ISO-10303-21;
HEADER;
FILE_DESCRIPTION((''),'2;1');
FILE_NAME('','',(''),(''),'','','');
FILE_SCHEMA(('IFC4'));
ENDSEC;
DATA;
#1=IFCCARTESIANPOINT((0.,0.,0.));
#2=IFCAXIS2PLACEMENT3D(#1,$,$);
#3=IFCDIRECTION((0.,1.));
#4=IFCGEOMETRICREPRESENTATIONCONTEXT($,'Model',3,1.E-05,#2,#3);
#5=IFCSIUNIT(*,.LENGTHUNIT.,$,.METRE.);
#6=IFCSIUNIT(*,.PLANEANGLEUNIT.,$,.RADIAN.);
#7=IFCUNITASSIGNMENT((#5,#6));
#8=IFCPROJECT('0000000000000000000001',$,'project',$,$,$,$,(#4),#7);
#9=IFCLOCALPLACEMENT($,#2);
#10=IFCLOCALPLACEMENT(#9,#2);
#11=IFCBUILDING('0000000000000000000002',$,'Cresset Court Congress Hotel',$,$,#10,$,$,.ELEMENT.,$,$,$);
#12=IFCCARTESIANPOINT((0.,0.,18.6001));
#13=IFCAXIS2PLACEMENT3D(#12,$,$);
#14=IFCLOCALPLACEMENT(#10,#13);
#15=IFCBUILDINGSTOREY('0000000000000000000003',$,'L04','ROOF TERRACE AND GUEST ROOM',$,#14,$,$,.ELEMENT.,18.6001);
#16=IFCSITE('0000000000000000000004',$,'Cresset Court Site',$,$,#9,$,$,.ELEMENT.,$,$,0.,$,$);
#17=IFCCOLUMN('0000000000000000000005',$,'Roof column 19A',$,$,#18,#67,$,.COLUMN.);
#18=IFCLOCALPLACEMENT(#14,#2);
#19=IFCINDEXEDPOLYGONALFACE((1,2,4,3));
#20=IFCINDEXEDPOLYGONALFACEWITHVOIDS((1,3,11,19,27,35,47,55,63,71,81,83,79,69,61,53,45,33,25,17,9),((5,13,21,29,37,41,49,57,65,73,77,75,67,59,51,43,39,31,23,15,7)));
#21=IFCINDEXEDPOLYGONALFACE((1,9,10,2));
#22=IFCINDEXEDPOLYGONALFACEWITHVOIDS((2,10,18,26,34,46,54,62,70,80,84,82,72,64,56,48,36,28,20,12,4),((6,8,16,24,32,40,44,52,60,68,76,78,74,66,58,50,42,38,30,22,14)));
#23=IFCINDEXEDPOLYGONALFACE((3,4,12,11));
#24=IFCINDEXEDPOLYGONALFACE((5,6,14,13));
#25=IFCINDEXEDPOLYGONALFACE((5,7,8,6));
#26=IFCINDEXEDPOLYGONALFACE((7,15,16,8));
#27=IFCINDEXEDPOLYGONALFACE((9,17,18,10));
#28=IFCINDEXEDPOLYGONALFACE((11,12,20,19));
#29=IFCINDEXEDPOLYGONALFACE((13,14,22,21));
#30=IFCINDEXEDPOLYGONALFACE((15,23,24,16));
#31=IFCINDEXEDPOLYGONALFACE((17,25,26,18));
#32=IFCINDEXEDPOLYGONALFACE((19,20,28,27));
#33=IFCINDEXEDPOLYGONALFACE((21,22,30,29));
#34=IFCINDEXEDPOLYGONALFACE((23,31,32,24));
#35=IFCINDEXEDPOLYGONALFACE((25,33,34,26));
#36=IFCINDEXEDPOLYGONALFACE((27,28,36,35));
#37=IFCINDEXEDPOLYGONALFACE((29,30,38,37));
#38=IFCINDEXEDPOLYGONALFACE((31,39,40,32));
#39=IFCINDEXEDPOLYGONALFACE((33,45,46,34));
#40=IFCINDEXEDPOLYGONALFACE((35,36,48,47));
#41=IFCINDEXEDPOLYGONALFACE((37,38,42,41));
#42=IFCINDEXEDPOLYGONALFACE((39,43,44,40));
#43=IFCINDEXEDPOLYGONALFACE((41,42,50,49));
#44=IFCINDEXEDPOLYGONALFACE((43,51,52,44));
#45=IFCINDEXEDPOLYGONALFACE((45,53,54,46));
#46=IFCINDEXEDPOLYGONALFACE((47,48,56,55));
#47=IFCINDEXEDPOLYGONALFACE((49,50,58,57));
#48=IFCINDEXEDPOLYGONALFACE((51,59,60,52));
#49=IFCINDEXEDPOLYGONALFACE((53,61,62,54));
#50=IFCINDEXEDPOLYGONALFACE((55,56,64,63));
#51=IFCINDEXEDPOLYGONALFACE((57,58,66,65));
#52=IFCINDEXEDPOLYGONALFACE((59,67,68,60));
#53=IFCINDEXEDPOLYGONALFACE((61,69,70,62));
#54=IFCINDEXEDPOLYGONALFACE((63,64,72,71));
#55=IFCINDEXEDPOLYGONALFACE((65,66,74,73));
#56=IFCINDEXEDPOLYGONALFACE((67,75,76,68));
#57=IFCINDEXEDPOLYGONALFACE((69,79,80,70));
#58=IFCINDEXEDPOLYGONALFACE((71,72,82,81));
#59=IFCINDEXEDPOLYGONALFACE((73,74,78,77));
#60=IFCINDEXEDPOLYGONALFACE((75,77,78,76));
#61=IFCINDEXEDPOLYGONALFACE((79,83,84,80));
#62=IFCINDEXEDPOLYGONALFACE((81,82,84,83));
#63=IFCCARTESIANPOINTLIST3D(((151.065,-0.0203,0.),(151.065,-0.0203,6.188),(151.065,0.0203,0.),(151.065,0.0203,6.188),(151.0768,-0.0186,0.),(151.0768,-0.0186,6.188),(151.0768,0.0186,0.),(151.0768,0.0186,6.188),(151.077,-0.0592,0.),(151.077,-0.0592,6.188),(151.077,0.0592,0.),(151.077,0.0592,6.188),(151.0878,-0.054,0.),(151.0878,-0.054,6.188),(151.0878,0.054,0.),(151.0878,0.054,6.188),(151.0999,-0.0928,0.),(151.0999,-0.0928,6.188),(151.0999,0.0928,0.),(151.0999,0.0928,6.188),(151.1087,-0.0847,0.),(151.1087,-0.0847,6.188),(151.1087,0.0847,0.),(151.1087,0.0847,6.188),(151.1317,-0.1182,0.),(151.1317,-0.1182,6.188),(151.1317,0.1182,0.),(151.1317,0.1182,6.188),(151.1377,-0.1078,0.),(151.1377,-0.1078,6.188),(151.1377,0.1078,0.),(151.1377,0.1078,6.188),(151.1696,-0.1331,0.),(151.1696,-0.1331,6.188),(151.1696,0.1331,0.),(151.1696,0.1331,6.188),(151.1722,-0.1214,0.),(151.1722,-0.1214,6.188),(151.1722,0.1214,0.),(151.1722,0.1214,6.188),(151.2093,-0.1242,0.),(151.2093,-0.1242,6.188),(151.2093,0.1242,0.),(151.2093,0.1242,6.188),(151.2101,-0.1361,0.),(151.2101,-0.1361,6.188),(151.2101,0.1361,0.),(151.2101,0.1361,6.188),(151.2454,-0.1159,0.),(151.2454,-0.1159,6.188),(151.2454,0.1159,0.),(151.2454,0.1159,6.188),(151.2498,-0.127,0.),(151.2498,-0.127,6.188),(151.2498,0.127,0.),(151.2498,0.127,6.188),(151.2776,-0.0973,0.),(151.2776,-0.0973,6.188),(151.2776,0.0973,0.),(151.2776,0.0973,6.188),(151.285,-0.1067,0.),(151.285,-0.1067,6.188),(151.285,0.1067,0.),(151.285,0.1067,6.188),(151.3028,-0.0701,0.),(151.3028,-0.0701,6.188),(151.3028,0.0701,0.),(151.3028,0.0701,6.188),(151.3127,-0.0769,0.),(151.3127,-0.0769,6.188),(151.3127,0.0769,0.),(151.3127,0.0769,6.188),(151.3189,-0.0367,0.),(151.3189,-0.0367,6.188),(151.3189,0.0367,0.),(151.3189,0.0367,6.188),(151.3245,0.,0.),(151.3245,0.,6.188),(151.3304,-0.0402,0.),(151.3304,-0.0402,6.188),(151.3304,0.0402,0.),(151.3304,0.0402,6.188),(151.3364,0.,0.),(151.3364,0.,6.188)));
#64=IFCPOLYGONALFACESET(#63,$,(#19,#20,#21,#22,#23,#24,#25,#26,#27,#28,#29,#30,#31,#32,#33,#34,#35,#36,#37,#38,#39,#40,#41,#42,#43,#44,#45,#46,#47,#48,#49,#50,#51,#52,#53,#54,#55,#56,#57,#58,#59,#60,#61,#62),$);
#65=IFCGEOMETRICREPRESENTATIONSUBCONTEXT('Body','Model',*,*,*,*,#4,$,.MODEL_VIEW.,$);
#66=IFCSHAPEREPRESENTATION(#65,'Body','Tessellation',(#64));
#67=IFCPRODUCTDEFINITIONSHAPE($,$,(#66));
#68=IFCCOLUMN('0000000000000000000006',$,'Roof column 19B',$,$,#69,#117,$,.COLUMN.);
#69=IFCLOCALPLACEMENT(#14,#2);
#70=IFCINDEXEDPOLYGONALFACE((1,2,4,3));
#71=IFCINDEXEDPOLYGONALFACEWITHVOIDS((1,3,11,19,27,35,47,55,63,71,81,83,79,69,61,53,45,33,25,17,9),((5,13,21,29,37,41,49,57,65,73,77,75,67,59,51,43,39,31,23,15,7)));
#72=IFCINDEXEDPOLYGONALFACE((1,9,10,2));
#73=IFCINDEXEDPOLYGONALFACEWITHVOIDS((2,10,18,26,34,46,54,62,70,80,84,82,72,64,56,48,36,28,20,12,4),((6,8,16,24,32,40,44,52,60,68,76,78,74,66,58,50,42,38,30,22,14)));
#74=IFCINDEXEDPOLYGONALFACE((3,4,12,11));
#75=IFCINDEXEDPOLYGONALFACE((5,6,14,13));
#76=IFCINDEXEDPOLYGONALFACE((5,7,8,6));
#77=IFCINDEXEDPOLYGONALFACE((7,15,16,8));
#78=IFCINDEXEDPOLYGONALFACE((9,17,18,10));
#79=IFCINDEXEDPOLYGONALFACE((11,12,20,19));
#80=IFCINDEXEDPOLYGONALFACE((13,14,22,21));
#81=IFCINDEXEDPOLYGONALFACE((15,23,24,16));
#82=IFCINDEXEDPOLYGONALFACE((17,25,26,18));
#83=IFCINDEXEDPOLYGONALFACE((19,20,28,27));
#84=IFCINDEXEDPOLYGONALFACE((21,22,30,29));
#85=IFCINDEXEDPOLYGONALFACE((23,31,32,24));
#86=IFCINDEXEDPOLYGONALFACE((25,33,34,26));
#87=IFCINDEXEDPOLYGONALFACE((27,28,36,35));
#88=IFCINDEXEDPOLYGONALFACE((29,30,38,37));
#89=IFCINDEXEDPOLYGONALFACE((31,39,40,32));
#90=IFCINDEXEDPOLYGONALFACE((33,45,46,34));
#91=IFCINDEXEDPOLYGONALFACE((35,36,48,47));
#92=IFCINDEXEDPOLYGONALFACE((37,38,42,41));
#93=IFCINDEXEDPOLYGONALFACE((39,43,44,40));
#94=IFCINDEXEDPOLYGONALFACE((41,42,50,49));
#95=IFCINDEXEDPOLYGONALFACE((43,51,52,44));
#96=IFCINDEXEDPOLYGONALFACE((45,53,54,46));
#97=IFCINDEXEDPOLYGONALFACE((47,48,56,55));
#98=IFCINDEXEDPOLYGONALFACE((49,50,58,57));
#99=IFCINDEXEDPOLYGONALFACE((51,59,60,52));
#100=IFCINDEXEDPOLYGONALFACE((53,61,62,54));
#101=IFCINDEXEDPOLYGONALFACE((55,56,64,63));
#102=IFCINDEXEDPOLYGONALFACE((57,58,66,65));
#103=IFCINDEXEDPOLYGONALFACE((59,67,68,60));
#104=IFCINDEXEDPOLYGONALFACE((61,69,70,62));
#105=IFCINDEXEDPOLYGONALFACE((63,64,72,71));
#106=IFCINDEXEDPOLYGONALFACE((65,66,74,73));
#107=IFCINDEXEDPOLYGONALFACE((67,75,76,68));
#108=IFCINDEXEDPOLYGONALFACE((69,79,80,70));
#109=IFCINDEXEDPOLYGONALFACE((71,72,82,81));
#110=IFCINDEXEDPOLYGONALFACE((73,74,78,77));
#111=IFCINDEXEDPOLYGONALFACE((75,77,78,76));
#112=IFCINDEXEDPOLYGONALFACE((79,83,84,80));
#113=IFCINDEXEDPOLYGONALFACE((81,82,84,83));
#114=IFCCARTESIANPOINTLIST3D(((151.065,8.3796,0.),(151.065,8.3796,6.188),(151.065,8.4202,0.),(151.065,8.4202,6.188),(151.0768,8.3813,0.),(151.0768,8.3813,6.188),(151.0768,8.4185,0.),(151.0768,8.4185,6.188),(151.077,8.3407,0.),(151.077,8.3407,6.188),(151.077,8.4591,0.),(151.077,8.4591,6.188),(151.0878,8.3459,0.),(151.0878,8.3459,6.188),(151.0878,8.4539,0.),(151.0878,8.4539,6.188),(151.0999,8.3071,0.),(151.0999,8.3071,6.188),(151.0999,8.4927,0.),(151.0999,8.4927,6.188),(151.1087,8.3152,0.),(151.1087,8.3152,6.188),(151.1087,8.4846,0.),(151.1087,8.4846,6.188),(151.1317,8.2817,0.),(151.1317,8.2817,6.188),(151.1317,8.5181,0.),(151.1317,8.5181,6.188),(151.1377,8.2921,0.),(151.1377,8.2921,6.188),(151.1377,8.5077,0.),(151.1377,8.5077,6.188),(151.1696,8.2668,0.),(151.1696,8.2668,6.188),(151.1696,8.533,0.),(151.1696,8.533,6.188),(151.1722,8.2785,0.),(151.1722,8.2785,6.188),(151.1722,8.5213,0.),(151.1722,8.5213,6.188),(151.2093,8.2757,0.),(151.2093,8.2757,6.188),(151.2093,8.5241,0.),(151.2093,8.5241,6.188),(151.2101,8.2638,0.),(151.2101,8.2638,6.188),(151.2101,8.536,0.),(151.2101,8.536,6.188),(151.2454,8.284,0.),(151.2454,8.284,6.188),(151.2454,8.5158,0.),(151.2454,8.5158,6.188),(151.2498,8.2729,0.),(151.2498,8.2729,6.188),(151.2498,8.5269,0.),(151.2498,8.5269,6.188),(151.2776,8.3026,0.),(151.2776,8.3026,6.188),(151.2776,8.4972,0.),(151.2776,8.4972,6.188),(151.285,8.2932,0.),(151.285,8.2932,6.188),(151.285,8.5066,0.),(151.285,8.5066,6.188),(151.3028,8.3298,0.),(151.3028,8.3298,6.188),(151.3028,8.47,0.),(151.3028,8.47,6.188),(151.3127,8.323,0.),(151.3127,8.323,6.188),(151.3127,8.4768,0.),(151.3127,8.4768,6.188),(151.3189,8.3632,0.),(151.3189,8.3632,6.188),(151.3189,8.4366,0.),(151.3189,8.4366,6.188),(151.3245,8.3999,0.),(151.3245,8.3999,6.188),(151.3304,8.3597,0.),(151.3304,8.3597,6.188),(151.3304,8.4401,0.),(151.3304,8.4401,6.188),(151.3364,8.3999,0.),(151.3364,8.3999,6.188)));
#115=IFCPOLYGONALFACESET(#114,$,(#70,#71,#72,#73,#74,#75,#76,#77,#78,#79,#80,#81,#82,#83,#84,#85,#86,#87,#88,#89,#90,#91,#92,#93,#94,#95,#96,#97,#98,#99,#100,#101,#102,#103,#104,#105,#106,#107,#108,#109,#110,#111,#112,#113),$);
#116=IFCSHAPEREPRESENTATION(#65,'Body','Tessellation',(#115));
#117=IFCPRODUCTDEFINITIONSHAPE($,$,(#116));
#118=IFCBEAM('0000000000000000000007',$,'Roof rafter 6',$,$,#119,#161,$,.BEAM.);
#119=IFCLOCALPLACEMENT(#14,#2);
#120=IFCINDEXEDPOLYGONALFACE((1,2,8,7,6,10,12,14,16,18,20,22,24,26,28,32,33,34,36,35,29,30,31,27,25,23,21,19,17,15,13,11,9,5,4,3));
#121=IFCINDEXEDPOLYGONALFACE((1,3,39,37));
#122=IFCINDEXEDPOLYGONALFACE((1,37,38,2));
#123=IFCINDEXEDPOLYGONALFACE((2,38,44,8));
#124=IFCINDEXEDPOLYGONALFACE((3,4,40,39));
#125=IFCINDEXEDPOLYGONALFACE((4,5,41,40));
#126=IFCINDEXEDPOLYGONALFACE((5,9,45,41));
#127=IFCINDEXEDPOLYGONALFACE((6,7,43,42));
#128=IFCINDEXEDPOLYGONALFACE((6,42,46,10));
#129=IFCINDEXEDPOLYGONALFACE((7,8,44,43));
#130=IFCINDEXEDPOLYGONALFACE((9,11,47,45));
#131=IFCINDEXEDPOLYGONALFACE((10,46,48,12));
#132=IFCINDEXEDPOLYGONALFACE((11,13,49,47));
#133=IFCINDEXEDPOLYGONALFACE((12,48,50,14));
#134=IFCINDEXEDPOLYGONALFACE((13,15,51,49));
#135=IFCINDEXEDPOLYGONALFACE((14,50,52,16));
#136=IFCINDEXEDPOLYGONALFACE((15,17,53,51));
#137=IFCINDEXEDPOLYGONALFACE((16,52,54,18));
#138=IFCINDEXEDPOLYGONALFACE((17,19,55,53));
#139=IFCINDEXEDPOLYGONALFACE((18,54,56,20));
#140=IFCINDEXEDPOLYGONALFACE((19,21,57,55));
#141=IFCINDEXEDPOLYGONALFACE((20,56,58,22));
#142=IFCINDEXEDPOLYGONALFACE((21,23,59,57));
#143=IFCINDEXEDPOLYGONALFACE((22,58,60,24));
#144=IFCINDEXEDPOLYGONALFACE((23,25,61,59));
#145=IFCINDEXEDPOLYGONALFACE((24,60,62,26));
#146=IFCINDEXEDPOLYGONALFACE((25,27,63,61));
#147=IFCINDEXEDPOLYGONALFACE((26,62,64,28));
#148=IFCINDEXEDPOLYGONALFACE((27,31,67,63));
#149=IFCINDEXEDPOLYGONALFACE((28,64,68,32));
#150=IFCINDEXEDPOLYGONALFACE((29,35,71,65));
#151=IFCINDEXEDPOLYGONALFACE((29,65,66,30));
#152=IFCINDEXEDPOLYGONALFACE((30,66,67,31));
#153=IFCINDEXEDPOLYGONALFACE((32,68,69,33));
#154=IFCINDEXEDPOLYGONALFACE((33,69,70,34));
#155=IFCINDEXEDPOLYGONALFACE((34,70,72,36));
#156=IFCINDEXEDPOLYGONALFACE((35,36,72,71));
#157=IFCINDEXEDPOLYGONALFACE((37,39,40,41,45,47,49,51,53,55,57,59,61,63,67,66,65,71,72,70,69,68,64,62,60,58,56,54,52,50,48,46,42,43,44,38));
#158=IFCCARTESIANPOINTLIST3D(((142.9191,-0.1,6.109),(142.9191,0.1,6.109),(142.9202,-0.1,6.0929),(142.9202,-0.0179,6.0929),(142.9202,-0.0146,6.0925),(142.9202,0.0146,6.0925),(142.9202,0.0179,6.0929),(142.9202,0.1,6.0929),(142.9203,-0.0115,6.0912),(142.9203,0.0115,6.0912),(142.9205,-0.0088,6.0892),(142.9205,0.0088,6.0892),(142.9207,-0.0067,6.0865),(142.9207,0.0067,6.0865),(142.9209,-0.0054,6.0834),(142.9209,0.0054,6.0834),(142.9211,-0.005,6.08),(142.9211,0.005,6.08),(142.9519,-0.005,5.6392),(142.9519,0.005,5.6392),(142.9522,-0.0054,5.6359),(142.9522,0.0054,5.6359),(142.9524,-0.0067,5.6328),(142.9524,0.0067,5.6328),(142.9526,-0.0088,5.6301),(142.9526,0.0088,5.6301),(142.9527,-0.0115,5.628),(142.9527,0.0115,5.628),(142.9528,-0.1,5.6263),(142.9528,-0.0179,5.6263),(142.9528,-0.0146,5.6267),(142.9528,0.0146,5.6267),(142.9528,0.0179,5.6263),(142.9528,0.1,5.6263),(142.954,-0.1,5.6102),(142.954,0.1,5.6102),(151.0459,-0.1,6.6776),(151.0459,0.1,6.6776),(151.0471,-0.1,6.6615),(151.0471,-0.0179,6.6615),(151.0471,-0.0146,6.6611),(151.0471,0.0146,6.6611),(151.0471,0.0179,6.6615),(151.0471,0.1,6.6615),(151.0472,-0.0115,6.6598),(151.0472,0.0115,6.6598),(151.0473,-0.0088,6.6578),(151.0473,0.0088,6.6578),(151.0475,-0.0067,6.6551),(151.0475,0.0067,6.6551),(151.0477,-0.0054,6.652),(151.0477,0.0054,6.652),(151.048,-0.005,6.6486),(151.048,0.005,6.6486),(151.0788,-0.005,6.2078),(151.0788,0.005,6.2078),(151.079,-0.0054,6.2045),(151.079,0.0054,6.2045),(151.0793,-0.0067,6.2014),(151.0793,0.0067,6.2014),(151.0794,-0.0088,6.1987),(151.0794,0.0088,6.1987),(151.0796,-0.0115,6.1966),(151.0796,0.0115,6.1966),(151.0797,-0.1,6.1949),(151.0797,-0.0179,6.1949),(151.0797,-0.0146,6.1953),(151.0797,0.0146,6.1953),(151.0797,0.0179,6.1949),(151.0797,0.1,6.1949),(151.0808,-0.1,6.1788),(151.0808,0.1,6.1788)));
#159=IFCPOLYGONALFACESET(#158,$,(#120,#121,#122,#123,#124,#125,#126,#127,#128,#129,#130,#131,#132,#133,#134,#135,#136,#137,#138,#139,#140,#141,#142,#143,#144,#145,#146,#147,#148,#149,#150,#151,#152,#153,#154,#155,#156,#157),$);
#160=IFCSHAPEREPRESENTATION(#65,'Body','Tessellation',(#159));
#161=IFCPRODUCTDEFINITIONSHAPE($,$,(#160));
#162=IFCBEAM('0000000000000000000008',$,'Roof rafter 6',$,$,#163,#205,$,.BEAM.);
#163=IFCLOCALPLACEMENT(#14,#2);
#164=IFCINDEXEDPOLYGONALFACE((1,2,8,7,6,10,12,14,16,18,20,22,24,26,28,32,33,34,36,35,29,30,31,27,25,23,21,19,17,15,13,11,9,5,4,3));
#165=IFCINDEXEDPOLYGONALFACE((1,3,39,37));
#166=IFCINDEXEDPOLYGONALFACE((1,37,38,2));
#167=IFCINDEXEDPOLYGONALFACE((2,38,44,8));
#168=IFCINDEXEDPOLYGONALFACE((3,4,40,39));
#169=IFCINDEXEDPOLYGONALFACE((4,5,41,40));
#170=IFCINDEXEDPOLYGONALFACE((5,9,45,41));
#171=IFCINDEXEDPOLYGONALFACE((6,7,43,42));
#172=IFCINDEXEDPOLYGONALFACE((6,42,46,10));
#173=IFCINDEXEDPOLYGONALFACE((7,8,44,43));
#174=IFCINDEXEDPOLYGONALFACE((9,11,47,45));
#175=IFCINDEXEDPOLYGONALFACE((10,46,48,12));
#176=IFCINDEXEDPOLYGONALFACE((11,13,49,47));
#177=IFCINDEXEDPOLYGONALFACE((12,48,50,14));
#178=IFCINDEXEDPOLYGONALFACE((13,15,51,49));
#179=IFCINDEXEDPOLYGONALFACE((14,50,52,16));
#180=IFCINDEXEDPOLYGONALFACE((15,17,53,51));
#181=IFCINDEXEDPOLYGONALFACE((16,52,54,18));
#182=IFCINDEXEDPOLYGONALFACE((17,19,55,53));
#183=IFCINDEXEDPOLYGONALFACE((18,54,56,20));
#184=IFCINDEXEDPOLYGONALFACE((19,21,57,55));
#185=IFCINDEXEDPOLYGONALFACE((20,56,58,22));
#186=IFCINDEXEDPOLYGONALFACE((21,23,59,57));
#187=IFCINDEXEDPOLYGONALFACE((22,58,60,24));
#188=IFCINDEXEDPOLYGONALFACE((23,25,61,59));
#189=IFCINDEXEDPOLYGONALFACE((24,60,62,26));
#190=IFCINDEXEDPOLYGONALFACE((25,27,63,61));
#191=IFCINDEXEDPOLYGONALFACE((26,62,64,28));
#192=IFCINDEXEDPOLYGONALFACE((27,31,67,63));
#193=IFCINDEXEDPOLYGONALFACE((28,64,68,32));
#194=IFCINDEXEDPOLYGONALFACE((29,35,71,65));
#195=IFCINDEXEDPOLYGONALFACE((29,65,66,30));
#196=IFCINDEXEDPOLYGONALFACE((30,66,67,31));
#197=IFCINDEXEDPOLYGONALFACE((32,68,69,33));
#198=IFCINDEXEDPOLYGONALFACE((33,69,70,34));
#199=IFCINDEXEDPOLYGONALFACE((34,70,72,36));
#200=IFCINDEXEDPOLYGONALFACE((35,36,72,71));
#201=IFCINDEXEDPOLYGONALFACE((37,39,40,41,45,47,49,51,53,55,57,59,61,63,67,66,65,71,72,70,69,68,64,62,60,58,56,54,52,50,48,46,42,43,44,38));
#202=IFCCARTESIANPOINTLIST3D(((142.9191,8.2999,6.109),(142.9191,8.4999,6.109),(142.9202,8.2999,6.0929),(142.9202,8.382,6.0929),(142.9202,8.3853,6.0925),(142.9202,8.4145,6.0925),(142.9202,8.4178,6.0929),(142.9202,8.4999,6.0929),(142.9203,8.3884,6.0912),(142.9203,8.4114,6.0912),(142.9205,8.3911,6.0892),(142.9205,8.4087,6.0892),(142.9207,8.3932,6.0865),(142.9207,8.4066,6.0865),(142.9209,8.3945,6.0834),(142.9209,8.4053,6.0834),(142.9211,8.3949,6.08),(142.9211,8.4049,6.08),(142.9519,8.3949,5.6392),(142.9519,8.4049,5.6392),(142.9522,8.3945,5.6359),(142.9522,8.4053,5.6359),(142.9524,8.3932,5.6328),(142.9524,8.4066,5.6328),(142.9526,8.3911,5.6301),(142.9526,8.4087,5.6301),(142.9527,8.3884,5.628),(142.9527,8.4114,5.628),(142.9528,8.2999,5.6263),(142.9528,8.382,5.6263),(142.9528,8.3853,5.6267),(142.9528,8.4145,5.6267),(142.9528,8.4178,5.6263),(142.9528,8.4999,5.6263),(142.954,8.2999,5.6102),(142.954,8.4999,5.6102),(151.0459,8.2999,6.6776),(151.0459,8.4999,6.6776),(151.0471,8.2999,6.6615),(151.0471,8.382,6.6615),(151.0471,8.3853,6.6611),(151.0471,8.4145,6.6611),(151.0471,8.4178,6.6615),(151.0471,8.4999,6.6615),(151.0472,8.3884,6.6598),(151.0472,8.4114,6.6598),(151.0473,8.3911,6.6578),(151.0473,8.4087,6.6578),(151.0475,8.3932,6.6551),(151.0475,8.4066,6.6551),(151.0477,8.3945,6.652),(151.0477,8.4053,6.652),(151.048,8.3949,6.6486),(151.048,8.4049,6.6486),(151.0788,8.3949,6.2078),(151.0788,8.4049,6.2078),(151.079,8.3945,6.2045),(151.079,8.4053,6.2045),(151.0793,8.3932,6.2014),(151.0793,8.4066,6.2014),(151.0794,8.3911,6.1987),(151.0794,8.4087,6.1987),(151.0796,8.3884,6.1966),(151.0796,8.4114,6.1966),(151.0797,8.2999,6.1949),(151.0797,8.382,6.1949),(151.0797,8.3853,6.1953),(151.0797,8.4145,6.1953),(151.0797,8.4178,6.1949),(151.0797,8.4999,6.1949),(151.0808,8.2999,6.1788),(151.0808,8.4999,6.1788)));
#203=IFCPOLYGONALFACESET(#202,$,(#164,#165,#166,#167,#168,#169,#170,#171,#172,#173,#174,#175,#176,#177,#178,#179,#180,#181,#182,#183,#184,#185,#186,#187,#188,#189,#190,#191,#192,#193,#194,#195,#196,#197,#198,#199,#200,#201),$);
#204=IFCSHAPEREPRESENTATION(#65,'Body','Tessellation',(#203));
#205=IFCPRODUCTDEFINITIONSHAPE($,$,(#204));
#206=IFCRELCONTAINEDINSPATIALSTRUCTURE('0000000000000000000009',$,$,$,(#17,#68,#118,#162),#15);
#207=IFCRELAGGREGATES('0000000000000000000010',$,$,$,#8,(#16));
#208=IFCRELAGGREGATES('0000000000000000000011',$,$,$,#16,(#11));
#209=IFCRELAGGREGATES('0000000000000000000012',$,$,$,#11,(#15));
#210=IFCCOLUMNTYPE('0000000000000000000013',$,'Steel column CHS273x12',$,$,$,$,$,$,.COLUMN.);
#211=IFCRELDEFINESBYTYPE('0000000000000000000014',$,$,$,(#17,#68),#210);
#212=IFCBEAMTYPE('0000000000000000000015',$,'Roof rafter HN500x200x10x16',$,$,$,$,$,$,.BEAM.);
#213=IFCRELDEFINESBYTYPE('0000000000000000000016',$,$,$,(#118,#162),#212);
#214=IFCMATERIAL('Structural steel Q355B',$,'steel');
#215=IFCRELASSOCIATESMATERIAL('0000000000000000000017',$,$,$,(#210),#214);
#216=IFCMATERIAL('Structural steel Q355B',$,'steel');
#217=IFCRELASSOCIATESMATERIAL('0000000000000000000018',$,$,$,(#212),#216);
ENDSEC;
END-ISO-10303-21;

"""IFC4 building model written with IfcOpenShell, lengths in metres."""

from ifc_helpers import new_model, si_unit, direction, frame, origin, origin_2d, place, context, subcontext, project, spatial, hollow_circle, i_section, extrude, material, material_profile, profile_set, type_object, element, save


model = new_model("IFC4")

# Units and contexts
model_context = context("Model", 3, precision=1e-05, world=origin(), true_north=direction((0.0, 1.0)))
body_context = subcontext(model_context, "Body", "Model", "MODEL_VIEW")
ifc_project = project(units=[si_unit("LENGTHUNIT", "METRE"), si_unit("PLANEANGLEUNIT", "RADIAN")], contexts=[model_context])

# Site, building, storey
site_placement = place(None, origin())
site = spatial("IfcSite", under=ifc_project, at=site_placement, Name="Cresset Court Site", CompositionType="ELEMENT", RefElevation=0.0)
building_placement = place(site_placement, origin())
building = spatial("IfcBuilding", under=site, at=building_placement, Name="Cresset Court Congress Hotel", CompositionType="ELEMENT")
storey_placement = place(building_placement, frame((0.0, 0.0, 18.6001)))
storey = spatial("IfcBuildingStorey", under=building, at=storey_placement, Name="L04", Description="ROOF TERRACE AND GUEST ROOM", CompositionType="ELEMENT", Elevation=18.6001)

# Columns
ifc_material_1 = material(Name="Structural steel Q355B", Category="steel")
ifc_material_profile_1 = material_profile(ifc_material_1, hollow_circle(Radius=0.1365, WallThickness=0.012, at=origin_2d()), Name="CHS273x12")
ifc_profile_set_1 = profile_set([ifc_material_profile_1], Name="Structural steel Q355B")
column_type = type_object("IfcColumnType", Name="Steel column CHS273x12", PredefinedType="COLUMN", material=ifc_profile_set_1)
for number, where, z_axis, x_axis, name in (
    (1, (151.2, 0.0, 0.0), (0.0, 0.0, 1.0), (1.0, 0.0, 0.0), "Roof column 19A"),
    (2, (151.2, 8.3999, 0.0), (0.0, 0.0, 1.0), (1.0, 0.0, 0.0), "Roof column 19B"),
):
    element("IfcColumn", number, at=place(storey_placement, frame(where, z_axis=z_axis, x_axis=x_axis)), inside=storey, type_object=column_type, Name=name, PredefinedType="COLUMN", context=body_context, shape_type="SweptSolid", body=[
        extrude(hollow_circle(Radius=0.1365, WallThickness=0.012, at=origin_2d()), origin(), (0.0, 0.0, 1.0), 6.188),
    ])

# Beams
ifc_material_2 = material(Name="Structural steel Q355B", Category="steel")
ifc_material_profile_2 = material_profile(ifc_material_2, i_section(OverallWidth=0.2, OverallDepth=0.5, WebThickness=0.01, FlangeThickness=0.0161, FilletRadius=0.0129, at=origin_2d()), Name="HN500x200x10x16")
ifc_profile_set_2 = profile_set([ifc_material_profile_2], Name="Structural steel Q355B")
beam_type_1 = type_object("IfcBeamType", Name="Roof rafter HN500x200x10x16", PredefinedType="BEAM", material=ifc_profile_set_2)
for number, where, z_axis, x_axis, name in (
    (3, (142.9365, 0.0, 5.8596), (0.997561, 0.0, 0.069795), (0.0, 1.0, 0.0), "Roof rafter 6"),
    (4, (142.9365, 8.3999, 5.8596), (0.997561, 0.0, 0.069795), (0.0, 1.0, 0.0), "Roof rafter 6"),
):
    element("IfcBeam", number, at=place(storey_placement, frame(where, z_axis=z_axis, x_axis=x_axis)), inside=storey, type_object=beam_type_1, Name=name, PredefinedType="BEAM", context=body_context, shape_type="SweptSolid", body=[
        extrude(i_section(OverallWidth=0.2, OverallDepth=0.5, WebThickness=0.01, FlangeThickness=0.0161, FilletRadius=0.0129, at=origin_2d()), origin(), (0.0, 0.0, 1.0), 8.1467),
    ])

save(model, "model.ifc")
